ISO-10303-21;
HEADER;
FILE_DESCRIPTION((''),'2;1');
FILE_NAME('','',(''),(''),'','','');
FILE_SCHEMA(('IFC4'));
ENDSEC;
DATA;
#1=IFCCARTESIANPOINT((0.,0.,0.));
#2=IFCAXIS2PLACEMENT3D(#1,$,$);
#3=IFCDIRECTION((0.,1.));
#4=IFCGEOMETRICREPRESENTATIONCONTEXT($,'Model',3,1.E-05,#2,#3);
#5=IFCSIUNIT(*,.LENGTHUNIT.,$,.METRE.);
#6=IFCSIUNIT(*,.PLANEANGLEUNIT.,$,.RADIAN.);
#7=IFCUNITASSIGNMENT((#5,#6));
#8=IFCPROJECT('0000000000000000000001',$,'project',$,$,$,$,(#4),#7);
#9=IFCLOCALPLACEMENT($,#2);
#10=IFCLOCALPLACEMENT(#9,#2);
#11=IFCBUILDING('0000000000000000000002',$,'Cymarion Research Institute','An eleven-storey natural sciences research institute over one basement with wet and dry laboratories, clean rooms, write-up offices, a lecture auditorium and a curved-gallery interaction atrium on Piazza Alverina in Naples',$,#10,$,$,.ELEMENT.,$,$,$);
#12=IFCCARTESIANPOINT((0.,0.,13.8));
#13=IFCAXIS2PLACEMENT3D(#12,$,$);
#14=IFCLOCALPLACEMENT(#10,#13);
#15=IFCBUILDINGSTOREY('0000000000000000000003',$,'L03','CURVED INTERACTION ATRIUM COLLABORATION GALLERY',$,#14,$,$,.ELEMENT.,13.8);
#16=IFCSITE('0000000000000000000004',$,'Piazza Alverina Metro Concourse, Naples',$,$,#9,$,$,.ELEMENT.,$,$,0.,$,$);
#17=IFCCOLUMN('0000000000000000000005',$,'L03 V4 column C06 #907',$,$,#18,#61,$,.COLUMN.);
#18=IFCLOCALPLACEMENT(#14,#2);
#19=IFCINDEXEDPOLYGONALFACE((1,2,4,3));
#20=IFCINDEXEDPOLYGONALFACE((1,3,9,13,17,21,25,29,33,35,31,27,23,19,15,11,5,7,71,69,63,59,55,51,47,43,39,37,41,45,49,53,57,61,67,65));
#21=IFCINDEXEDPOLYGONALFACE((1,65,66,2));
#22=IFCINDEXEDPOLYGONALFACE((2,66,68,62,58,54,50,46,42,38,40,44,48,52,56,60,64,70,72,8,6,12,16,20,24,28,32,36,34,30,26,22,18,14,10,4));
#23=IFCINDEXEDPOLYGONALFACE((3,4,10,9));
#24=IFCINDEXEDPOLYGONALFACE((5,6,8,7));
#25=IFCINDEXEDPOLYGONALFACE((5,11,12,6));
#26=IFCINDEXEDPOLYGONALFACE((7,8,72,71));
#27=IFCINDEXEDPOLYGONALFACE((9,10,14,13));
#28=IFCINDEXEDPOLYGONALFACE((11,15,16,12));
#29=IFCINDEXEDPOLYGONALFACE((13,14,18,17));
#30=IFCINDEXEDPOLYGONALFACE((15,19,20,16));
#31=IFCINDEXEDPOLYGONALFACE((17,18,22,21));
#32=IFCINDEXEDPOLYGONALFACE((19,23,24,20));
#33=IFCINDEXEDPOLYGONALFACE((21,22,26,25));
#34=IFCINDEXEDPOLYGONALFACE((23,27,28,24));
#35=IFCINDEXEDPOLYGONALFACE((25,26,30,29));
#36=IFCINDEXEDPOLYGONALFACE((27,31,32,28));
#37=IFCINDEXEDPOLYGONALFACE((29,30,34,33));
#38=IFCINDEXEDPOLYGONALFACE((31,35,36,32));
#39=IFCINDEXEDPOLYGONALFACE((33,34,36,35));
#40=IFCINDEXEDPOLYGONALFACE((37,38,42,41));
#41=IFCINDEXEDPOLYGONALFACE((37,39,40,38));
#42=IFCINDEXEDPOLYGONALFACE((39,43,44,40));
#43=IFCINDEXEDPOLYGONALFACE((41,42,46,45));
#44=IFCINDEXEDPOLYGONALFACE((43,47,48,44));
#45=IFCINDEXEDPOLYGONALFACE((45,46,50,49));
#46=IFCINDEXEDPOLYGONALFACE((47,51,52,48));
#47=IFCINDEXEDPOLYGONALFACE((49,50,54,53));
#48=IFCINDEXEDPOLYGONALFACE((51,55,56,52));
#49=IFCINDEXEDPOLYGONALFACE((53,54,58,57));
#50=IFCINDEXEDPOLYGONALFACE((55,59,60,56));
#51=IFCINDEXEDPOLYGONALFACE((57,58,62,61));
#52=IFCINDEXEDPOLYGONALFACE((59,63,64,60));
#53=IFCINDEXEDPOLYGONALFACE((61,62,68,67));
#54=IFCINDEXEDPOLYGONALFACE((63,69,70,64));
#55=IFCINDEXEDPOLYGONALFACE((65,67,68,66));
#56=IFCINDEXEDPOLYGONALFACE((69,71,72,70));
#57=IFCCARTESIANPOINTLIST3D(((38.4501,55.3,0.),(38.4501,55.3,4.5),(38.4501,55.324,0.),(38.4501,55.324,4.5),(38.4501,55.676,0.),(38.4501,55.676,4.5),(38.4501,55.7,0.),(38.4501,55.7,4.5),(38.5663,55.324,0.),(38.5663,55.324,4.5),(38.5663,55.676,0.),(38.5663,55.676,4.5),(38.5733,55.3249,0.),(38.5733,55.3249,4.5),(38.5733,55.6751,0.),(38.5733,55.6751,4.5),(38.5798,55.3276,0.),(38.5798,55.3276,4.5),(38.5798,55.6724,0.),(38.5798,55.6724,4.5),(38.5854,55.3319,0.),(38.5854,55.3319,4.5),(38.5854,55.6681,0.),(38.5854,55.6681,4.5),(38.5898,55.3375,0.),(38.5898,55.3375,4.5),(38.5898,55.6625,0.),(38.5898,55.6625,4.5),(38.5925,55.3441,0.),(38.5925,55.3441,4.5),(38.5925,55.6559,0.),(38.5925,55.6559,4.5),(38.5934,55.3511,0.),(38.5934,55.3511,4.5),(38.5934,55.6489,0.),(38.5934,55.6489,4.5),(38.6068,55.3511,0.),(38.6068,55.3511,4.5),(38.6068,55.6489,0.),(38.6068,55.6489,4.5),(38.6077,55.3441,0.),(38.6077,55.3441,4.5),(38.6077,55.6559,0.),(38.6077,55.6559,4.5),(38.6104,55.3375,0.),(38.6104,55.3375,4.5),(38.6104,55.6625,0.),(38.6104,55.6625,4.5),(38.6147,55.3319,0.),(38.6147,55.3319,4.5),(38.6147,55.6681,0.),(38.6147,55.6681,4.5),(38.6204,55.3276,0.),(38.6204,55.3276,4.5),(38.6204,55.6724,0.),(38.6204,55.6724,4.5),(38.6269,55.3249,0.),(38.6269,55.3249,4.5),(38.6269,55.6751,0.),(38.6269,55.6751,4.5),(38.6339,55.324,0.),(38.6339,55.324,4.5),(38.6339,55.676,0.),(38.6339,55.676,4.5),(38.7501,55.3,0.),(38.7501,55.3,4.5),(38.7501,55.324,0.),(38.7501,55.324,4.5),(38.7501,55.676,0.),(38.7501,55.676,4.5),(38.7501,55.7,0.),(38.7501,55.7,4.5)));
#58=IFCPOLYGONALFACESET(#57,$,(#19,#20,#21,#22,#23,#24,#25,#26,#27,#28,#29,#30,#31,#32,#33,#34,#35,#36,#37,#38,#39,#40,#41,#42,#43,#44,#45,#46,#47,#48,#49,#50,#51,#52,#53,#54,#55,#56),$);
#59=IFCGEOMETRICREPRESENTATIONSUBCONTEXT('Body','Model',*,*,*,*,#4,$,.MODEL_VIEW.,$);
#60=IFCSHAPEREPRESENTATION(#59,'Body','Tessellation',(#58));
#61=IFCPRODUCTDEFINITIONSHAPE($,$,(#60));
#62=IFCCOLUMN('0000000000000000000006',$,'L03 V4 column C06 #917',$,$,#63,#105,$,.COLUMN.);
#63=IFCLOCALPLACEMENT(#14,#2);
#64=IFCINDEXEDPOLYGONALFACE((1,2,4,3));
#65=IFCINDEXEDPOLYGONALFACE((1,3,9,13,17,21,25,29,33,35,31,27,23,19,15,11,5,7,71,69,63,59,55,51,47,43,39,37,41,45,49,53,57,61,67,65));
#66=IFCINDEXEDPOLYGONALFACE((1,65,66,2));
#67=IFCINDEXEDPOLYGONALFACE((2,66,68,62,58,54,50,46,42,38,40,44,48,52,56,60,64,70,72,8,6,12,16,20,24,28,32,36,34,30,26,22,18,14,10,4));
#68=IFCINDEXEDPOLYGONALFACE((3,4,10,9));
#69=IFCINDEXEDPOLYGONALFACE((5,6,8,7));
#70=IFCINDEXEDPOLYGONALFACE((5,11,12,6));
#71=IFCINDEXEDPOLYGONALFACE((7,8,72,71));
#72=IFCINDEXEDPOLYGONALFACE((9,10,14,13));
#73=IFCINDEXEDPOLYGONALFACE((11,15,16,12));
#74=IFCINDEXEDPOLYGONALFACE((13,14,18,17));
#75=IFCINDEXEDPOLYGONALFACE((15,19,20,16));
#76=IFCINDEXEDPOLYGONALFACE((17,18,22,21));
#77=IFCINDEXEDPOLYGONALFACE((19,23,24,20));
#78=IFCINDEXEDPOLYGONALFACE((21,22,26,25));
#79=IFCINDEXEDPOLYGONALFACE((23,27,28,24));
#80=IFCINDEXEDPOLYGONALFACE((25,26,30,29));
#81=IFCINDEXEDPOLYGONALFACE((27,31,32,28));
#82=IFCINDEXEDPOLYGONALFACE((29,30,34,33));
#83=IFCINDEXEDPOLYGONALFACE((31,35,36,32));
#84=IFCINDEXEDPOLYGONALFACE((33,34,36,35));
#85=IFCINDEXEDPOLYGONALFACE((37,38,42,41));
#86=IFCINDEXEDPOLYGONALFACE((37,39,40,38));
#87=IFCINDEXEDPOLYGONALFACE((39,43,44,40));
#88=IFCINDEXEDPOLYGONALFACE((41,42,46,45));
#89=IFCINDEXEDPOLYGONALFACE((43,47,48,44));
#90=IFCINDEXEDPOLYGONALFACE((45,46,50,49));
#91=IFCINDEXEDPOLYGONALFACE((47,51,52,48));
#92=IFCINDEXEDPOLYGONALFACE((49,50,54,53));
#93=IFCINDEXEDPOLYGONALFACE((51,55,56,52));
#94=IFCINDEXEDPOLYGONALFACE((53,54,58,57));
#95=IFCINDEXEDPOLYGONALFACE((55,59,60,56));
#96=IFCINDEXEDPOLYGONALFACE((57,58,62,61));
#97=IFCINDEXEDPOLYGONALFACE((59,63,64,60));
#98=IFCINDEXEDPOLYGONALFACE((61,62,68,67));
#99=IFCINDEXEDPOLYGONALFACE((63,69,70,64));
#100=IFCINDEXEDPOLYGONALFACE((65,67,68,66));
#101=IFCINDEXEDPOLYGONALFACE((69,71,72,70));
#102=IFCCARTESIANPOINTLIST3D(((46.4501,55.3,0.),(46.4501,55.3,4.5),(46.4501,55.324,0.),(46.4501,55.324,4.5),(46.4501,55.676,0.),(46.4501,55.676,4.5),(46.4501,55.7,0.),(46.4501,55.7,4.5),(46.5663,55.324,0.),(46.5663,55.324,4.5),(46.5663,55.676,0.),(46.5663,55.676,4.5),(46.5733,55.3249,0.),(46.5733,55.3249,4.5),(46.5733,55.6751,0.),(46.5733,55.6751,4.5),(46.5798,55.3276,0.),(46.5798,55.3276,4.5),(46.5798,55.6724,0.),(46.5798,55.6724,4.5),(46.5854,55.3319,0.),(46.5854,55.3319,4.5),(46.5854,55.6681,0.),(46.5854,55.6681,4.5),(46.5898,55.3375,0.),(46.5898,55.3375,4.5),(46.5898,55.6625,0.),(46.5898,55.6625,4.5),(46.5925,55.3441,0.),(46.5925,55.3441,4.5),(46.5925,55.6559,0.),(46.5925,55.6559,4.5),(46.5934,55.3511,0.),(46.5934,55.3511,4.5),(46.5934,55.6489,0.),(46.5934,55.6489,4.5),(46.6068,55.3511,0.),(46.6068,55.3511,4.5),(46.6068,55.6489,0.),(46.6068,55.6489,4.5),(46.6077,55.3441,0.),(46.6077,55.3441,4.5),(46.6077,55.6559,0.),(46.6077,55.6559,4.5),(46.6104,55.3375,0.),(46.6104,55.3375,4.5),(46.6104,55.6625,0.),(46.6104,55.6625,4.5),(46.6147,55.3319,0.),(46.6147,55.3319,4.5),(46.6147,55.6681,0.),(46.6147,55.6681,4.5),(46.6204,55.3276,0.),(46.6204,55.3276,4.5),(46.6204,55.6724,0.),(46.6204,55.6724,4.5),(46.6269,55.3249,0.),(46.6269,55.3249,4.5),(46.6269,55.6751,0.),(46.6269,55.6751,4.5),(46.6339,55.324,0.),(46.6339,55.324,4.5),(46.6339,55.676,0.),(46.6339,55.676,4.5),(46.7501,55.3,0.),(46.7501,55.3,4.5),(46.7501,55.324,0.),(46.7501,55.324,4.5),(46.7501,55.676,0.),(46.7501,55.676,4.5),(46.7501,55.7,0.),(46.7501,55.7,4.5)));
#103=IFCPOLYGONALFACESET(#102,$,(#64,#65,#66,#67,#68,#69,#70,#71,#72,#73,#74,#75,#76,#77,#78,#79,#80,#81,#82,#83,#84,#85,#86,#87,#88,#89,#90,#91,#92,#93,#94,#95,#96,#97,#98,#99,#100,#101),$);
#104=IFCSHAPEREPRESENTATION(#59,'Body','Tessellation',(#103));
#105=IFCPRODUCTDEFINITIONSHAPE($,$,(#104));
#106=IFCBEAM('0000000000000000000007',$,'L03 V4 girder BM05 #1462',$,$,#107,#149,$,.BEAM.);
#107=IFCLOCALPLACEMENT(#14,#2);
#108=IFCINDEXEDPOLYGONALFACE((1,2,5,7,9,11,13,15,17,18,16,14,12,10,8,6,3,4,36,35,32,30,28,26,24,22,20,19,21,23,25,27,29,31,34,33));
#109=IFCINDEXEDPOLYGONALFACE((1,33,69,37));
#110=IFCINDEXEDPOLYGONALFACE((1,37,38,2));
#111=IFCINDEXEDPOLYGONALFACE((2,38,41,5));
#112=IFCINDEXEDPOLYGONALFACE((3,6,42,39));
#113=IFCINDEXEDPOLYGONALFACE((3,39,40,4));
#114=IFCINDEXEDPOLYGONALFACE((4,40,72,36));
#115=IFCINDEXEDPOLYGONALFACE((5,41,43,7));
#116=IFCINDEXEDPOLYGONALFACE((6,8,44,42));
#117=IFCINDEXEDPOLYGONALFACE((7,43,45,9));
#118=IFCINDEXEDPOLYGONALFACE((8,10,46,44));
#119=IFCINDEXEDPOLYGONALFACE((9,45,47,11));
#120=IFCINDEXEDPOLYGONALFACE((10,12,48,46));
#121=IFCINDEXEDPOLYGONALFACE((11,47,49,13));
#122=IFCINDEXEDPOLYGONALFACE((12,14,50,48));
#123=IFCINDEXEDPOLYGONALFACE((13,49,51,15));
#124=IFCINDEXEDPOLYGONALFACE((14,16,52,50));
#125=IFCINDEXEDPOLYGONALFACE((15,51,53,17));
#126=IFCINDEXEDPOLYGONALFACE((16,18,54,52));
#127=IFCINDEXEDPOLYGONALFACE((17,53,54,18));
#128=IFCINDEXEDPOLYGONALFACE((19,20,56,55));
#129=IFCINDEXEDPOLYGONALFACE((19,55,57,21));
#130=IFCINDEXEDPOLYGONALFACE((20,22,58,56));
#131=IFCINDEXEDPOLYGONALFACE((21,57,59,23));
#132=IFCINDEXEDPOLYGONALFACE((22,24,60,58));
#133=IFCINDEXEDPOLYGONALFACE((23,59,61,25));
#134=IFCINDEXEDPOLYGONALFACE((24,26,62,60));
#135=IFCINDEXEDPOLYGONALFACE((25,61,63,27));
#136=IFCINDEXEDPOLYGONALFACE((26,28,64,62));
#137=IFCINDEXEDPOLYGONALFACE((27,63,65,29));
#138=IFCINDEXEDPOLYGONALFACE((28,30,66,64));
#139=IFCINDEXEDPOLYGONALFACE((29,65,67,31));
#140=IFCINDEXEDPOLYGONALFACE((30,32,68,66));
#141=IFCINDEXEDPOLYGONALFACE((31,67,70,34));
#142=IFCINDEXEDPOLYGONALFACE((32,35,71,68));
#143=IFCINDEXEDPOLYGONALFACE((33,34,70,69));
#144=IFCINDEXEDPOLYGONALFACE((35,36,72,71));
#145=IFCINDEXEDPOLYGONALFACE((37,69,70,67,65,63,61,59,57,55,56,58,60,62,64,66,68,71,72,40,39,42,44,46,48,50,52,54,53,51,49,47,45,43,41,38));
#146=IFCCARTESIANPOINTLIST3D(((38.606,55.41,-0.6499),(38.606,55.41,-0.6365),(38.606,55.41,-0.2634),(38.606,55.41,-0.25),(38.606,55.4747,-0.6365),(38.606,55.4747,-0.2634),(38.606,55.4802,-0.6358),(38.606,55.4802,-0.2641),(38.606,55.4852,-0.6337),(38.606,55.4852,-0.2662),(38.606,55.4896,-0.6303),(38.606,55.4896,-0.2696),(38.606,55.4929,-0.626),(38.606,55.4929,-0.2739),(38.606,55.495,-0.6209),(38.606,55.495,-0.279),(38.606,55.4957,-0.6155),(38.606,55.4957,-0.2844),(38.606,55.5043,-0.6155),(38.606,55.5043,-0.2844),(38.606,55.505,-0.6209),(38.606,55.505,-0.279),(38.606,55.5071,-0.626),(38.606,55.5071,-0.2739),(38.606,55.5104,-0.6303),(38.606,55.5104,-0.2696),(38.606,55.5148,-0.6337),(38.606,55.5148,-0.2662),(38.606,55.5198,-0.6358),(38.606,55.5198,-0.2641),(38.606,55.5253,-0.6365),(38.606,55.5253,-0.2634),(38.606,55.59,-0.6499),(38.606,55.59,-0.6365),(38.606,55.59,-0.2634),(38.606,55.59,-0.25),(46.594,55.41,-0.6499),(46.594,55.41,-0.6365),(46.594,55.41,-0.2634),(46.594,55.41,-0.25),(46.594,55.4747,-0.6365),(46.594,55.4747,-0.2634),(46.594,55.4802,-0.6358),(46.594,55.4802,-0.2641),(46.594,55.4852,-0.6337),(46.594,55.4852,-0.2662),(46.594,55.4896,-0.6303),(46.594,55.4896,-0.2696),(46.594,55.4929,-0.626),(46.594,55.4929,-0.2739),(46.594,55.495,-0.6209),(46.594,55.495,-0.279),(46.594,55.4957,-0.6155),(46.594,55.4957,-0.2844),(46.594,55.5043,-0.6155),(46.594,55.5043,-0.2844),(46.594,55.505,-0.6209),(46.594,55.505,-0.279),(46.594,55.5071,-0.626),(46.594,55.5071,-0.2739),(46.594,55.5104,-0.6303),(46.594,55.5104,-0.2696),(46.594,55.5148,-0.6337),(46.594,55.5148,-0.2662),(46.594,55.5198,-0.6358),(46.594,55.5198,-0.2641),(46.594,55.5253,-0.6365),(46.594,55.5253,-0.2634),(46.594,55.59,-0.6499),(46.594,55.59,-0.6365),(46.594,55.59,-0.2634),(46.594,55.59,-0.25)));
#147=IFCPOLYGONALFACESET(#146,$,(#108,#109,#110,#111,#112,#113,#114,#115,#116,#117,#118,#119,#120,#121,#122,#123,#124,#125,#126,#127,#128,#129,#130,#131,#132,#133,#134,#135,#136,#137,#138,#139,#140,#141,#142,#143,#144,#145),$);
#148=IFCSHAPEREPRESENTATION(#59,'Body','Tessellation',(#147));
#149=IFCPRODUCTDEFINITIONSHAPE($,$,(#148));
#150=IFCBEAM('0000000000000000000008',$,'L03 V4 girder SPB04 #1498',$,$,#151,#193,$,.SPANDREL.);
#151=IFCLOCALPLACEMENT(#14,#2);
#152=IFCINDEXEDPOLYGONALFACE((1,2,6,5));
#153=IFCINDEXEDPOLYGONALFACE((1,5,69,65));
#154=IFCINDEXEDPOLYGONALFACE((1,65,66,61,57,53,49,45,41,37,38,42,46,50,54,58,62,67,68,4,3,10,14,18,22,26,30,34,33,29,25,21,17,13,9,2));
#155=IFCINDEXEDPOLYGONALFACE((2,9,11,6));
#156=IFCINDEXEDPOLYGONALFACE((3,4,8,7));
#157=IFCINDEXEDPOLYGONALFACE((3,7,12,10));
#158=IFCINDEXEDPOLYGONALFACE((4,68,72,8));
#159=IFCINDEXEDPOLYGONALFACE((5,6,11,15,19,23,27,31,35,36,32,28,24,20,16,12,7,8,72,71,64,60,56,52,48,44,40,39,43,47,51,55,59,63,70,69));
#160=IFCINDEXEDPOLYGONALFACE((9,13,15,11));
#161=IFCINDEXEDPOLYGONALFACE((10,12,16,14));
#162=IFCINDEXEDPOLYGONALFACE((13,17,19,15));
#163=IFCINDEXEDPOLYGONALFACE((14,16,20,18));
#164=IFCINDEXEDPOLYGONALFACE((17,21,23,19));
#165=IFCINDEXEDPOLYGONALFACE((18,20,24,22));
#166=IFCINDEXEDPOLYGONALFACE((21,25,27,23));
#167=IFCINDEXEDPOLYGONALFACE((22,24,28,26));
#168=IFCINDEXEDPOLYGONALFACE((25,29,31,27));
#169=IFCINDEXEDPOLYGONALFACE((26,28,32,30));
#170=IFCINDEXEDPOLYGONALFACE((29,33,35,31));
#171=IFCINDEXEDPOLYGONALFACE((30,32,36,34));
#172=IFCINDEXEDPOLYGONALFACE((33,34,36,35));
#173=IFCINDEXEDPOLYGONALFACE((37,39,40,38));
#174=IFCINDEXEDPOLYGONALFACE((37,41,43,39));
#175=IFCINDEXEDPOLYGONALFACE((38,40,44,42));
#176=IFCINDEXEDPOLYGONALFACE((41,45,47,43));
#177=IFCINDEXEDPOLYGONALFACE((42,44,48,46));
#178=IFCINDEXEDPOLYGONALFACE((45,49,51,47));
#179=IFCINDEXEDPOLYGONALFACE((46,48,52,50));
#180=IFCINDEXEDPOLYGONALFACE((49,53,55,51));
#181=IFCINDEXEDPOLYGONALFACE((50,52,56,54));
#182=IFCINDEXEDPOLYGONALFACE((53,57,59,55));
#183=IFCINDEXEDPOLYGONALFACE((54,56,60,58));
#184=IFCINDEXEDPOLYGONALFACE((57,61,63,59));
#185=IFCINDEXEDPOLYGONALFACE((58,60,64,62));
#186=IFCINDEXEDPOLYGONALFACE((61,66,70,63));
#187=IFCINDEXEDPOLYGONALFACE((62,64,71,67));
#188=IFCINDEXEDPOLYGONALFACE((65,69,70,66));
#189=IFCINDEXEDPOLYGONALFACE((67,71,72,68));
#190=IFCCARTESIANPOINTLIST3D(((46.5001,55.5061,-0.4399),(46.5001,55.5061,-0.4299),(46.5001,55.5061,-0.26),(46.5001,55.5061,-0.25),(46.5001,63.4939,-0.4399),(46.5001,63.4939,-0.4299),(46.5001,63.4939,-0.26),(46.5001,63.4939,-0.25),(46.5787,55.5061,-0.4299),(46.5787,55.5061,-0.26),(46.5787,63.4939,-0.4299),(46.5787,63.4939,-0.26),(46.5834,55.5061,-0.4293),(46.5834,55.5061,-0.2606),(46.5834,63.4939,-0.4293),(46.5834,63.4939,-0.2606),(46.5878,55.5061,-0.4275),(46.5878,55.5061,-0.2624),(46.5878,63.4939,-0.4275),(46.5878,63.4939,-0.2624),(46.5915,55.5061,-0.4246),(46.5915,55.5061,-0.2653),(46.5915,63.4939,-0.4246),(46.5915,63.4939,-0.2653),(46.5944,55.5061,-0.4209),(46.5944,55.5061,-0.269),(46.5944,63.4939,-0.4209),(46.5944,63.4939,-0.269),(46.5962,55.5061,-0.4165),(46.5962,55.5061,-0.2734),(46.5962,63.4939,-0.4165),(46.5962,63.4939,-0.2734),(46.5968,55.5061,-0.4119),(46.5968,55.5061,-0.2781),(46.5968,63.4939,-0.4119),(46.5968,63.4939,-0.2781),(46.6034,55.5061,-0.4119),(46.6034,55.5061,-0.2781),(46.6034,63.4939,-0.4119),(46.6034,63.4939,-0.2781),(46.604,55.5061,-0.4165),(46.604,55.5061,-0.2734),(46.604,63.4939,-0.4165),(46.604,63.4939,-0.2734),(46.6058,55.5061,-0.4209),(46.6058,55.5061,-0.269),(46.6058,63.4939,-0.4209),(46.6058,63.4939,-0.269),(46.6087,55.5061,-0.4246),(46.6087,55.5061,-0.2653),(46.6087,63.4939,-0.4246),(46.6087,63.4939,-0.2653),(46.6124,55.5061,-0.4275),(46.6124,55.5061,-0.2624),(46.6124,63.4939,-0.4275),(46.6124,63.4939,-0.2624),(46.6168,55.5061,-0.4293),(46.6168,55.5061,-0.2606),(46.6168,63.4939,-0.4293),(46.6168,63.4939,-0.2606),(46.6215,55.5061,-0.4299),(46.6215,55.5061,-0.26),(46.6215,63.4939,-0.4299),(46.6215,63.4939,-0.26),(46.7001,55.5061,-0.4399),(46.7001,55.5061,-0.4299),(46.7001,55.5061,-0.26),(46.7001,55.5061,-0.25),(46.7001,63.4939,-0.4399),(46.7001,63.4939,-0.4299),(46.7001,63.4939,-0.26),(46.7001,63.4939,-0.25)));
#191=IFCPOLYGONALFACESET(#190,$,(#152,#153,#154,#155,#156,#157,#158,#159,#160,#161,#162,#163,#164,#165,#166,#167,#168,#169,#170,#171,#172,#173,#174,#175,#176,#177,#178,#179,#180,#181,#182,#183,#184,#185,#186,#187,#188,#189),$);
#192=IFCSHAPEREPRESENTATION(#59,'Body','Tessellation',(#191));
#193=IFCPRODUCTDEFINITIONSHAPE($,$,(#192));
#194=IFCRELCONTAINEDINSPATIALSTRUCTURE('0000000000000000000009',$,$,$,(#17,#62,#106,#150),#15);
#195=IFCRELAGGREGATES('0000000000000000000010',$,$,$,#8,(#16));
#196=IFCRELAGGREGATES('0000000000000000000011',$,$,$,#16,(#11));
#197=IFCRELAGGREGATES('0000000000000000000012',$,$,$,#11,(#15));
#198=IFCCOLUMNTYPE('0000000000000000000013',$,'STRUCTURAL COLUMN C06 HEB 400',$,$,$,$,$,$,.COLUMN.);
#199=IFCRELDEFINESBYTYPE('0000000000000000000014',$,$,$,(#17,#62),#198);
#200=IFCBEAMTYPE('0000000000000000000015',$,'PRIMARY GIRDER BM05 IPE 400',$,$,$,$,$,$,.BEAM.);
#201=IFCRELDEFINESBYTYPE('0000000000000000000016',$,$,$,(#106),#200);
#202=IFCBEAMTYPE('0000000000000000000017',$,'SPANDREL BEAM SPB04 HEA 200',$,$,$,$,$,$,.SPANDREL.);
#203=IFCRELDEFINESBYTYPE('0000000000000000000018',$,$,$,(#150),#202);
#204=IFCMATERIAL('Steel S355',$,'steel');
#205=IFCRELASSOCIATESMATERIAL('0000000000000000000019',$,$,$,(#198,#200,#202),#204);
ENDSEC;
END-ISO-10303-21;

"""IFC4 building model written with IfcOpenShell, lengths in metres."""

from ifc_helpers import new_model, si_unit, direction, frame, origin, origin_2d, place, context, subcontext, project, spatial, i_section, extrude, material, material_profile, profile_set, type_object, element, save


model = new_model("IFC4")

# Units and contexts
model_context = context("Model", 3, precision=1e-05, world=origin(), true_north=direction((0.0, 1.0)))
body_context = subcontext(model_context, "Body", "Model", "MODEL_VIEW")
ifc_project = project(units=[si_unit("LENGTHUNIT", "METRE"), si_unit("PLANEANGLEUNIT", "RADIAN")], contexts=[model_context])

# Site, building, storey
site_placement = place(None, origin())
site = spatial("IfcSite", under=ifc_project, at=site_placement, Name="Piazza Alverina Metro Concourse, Naples", CompositionType="ELEMENT", RefElevation=0.0)
building_placement = place(site_placement, origin())
building = spatial("IfcBuilding", under=site, at=building_placement, Name="Cymarion Research Institute", Description="An eleven-storey natural sciences research institute over one basement with wet and dry laboratories, clean rooms, write-up offices, a lecture auditorium and a curved-gallery interaction atrium on Piazza Alverina in Naples", CompositionType="ELEMENT")
storey_placement = place(building_placement, frame((0.0, 0.0, 13.8)))
storey = spatial("IfcBuildingStorey", under=building, at=storey_placement, Name="L03", Description="CURVED INTERACTION ATRIUM COLLABORATION GALLERY", CompositionType="ELEMENT", Elevation=13.8)

# Columns
ifc_material_1 = material(Name="Steel S355", Category="steel")
ifc_material_profile_1 = material_profile(ifc_material_1, i_section(OverallWidth=0.3, OverallDepth=0.3999, WebThickness=0.0134, FlangeThickness=0.0239, FilletRadius=0.0271, at=origin_2d()), Name="HEB 400")
ifc_profile_set_1 = profile_set([ifc_material_profile_1], Name="Steel S355")
column_type = type_object("IfcColumnType", Name="STRUCTURAL COLUMN C06 HEB 400", PredefinedType="COLUMN", material=ifc_profile_set_1)
for number, where, z_axis, x_axis, name in (
    (1, (38.6001, 55.5, 0.0), (0.0, 0.0, 1.0), (1.0, 0.0, 0.0), "L03 V4 column C06 #907"),
    (2, (46.6001, 55.5, 0.0), (0.0, 0.0, 1.0), (1.0, 0.0, 0.0), "L03 V4 column C06 #917"),
):
    element("IfcColumn", number, at=place(storey_placement, frame(where, z_axis=z_axis, x_axis=x_axis)), inside=storey, type_object=column_type, Name=name, PredefinedType="COLUMN", context=body_context, shape_type="SweptSolid", body=[
        extrude(i_section(OverallWidth=0.3, OverallDepth=0.3999, WebThickness=0.0134, FlangeThickness=0.0239, FilletRadius=0.0271, at=origin_2d()), origin(), (0.0, 0.0, 1.0), 4.5),
    ])

# Beams
ifc_material_profile_2 = material_profile(ifc_material_1, i_section(OverallWidth=0.1799, OverallDepth=0.3999, WebThickness=0.0085, FlangeThickness=0.0134, FilletRadius=0.021, at=origin_2d()), Name="IPE 400")
ifc_profile_set_2 = profile_set([ifc_material_profile_2], Name="Steel S355")
beam_type_1 = type_object("IfcBeamType", Name="PRIMARY GIRDER BM05 IPE 400", PredefinedType="BEAM", material=ifc_profile_set_2)
beam_1_placement = place(storey_placement, frame((38.606, 55.5, -0.45), z_axis=(1.0, 0.0, 0.0), x_axis=(0.0, 1.0, 0.0)))
element("IfcBeam", 3, at=beam_1_placement, inside=storey, type_object=beam_type_1, Name="L03 V4 girder BM05 #1462", PredefinedType="BEAM", context=body_context, shape_type="SweptSolid", body=[
    extrude(i_section(OverallWidth=0.1799, OverallDepth=0.3999, WebThickness=0.0085, FlangeThickness=0.0134, FilletRadius=0.021, at=origin_2d()), origin(), (0.0, 0.0, 1.0), 7.988),
])
ifc_material_profile_3 = material_profile(ifc_material_1, i_section(OverallWidth=0.2, OverallDepth=0.1899, WebThickness=0.0066, FlangeThickness=0.01, FilletRadius=0.0181, at=origin_2d()), Name="HEA 200")
ifc_profile_set_3 = profile_set([ifc_material_profile_3], Name="Steel S355")
beam_type_2 = type_object("IfcBeamType", Name="SPANDREL BEAM SPB04 HEA 200", PredefinedType="SPANDREL", material=ifc_profile_set_3)
beam_2_placement = place(storey_placement, frame((46.6001, 55.5061, -0.345), z_axis=(0.0, 1.0, 0.0), x_axis=(-1.0, 0.0, 0.0)))
element("IfcBeam", 4, at=beam_2_placement, inside=storey, type_object=beam_type_2, Name="L03 V4 girder SPB04 #1498", PredefinedType="SPANDREL", context=body_context, shape_type="SweptSolid", body=[
    extrude(i_section(OverallWidth=0.2, OverallDepth=0.1899, WebThickness=0.0066, FlangeThickness=0.01, FilletRadius=0.0181, at=origin_2d()), origin(), (0.0, 0.0, 1.0), 7.9878),
])

save(model, "model.ifc")
